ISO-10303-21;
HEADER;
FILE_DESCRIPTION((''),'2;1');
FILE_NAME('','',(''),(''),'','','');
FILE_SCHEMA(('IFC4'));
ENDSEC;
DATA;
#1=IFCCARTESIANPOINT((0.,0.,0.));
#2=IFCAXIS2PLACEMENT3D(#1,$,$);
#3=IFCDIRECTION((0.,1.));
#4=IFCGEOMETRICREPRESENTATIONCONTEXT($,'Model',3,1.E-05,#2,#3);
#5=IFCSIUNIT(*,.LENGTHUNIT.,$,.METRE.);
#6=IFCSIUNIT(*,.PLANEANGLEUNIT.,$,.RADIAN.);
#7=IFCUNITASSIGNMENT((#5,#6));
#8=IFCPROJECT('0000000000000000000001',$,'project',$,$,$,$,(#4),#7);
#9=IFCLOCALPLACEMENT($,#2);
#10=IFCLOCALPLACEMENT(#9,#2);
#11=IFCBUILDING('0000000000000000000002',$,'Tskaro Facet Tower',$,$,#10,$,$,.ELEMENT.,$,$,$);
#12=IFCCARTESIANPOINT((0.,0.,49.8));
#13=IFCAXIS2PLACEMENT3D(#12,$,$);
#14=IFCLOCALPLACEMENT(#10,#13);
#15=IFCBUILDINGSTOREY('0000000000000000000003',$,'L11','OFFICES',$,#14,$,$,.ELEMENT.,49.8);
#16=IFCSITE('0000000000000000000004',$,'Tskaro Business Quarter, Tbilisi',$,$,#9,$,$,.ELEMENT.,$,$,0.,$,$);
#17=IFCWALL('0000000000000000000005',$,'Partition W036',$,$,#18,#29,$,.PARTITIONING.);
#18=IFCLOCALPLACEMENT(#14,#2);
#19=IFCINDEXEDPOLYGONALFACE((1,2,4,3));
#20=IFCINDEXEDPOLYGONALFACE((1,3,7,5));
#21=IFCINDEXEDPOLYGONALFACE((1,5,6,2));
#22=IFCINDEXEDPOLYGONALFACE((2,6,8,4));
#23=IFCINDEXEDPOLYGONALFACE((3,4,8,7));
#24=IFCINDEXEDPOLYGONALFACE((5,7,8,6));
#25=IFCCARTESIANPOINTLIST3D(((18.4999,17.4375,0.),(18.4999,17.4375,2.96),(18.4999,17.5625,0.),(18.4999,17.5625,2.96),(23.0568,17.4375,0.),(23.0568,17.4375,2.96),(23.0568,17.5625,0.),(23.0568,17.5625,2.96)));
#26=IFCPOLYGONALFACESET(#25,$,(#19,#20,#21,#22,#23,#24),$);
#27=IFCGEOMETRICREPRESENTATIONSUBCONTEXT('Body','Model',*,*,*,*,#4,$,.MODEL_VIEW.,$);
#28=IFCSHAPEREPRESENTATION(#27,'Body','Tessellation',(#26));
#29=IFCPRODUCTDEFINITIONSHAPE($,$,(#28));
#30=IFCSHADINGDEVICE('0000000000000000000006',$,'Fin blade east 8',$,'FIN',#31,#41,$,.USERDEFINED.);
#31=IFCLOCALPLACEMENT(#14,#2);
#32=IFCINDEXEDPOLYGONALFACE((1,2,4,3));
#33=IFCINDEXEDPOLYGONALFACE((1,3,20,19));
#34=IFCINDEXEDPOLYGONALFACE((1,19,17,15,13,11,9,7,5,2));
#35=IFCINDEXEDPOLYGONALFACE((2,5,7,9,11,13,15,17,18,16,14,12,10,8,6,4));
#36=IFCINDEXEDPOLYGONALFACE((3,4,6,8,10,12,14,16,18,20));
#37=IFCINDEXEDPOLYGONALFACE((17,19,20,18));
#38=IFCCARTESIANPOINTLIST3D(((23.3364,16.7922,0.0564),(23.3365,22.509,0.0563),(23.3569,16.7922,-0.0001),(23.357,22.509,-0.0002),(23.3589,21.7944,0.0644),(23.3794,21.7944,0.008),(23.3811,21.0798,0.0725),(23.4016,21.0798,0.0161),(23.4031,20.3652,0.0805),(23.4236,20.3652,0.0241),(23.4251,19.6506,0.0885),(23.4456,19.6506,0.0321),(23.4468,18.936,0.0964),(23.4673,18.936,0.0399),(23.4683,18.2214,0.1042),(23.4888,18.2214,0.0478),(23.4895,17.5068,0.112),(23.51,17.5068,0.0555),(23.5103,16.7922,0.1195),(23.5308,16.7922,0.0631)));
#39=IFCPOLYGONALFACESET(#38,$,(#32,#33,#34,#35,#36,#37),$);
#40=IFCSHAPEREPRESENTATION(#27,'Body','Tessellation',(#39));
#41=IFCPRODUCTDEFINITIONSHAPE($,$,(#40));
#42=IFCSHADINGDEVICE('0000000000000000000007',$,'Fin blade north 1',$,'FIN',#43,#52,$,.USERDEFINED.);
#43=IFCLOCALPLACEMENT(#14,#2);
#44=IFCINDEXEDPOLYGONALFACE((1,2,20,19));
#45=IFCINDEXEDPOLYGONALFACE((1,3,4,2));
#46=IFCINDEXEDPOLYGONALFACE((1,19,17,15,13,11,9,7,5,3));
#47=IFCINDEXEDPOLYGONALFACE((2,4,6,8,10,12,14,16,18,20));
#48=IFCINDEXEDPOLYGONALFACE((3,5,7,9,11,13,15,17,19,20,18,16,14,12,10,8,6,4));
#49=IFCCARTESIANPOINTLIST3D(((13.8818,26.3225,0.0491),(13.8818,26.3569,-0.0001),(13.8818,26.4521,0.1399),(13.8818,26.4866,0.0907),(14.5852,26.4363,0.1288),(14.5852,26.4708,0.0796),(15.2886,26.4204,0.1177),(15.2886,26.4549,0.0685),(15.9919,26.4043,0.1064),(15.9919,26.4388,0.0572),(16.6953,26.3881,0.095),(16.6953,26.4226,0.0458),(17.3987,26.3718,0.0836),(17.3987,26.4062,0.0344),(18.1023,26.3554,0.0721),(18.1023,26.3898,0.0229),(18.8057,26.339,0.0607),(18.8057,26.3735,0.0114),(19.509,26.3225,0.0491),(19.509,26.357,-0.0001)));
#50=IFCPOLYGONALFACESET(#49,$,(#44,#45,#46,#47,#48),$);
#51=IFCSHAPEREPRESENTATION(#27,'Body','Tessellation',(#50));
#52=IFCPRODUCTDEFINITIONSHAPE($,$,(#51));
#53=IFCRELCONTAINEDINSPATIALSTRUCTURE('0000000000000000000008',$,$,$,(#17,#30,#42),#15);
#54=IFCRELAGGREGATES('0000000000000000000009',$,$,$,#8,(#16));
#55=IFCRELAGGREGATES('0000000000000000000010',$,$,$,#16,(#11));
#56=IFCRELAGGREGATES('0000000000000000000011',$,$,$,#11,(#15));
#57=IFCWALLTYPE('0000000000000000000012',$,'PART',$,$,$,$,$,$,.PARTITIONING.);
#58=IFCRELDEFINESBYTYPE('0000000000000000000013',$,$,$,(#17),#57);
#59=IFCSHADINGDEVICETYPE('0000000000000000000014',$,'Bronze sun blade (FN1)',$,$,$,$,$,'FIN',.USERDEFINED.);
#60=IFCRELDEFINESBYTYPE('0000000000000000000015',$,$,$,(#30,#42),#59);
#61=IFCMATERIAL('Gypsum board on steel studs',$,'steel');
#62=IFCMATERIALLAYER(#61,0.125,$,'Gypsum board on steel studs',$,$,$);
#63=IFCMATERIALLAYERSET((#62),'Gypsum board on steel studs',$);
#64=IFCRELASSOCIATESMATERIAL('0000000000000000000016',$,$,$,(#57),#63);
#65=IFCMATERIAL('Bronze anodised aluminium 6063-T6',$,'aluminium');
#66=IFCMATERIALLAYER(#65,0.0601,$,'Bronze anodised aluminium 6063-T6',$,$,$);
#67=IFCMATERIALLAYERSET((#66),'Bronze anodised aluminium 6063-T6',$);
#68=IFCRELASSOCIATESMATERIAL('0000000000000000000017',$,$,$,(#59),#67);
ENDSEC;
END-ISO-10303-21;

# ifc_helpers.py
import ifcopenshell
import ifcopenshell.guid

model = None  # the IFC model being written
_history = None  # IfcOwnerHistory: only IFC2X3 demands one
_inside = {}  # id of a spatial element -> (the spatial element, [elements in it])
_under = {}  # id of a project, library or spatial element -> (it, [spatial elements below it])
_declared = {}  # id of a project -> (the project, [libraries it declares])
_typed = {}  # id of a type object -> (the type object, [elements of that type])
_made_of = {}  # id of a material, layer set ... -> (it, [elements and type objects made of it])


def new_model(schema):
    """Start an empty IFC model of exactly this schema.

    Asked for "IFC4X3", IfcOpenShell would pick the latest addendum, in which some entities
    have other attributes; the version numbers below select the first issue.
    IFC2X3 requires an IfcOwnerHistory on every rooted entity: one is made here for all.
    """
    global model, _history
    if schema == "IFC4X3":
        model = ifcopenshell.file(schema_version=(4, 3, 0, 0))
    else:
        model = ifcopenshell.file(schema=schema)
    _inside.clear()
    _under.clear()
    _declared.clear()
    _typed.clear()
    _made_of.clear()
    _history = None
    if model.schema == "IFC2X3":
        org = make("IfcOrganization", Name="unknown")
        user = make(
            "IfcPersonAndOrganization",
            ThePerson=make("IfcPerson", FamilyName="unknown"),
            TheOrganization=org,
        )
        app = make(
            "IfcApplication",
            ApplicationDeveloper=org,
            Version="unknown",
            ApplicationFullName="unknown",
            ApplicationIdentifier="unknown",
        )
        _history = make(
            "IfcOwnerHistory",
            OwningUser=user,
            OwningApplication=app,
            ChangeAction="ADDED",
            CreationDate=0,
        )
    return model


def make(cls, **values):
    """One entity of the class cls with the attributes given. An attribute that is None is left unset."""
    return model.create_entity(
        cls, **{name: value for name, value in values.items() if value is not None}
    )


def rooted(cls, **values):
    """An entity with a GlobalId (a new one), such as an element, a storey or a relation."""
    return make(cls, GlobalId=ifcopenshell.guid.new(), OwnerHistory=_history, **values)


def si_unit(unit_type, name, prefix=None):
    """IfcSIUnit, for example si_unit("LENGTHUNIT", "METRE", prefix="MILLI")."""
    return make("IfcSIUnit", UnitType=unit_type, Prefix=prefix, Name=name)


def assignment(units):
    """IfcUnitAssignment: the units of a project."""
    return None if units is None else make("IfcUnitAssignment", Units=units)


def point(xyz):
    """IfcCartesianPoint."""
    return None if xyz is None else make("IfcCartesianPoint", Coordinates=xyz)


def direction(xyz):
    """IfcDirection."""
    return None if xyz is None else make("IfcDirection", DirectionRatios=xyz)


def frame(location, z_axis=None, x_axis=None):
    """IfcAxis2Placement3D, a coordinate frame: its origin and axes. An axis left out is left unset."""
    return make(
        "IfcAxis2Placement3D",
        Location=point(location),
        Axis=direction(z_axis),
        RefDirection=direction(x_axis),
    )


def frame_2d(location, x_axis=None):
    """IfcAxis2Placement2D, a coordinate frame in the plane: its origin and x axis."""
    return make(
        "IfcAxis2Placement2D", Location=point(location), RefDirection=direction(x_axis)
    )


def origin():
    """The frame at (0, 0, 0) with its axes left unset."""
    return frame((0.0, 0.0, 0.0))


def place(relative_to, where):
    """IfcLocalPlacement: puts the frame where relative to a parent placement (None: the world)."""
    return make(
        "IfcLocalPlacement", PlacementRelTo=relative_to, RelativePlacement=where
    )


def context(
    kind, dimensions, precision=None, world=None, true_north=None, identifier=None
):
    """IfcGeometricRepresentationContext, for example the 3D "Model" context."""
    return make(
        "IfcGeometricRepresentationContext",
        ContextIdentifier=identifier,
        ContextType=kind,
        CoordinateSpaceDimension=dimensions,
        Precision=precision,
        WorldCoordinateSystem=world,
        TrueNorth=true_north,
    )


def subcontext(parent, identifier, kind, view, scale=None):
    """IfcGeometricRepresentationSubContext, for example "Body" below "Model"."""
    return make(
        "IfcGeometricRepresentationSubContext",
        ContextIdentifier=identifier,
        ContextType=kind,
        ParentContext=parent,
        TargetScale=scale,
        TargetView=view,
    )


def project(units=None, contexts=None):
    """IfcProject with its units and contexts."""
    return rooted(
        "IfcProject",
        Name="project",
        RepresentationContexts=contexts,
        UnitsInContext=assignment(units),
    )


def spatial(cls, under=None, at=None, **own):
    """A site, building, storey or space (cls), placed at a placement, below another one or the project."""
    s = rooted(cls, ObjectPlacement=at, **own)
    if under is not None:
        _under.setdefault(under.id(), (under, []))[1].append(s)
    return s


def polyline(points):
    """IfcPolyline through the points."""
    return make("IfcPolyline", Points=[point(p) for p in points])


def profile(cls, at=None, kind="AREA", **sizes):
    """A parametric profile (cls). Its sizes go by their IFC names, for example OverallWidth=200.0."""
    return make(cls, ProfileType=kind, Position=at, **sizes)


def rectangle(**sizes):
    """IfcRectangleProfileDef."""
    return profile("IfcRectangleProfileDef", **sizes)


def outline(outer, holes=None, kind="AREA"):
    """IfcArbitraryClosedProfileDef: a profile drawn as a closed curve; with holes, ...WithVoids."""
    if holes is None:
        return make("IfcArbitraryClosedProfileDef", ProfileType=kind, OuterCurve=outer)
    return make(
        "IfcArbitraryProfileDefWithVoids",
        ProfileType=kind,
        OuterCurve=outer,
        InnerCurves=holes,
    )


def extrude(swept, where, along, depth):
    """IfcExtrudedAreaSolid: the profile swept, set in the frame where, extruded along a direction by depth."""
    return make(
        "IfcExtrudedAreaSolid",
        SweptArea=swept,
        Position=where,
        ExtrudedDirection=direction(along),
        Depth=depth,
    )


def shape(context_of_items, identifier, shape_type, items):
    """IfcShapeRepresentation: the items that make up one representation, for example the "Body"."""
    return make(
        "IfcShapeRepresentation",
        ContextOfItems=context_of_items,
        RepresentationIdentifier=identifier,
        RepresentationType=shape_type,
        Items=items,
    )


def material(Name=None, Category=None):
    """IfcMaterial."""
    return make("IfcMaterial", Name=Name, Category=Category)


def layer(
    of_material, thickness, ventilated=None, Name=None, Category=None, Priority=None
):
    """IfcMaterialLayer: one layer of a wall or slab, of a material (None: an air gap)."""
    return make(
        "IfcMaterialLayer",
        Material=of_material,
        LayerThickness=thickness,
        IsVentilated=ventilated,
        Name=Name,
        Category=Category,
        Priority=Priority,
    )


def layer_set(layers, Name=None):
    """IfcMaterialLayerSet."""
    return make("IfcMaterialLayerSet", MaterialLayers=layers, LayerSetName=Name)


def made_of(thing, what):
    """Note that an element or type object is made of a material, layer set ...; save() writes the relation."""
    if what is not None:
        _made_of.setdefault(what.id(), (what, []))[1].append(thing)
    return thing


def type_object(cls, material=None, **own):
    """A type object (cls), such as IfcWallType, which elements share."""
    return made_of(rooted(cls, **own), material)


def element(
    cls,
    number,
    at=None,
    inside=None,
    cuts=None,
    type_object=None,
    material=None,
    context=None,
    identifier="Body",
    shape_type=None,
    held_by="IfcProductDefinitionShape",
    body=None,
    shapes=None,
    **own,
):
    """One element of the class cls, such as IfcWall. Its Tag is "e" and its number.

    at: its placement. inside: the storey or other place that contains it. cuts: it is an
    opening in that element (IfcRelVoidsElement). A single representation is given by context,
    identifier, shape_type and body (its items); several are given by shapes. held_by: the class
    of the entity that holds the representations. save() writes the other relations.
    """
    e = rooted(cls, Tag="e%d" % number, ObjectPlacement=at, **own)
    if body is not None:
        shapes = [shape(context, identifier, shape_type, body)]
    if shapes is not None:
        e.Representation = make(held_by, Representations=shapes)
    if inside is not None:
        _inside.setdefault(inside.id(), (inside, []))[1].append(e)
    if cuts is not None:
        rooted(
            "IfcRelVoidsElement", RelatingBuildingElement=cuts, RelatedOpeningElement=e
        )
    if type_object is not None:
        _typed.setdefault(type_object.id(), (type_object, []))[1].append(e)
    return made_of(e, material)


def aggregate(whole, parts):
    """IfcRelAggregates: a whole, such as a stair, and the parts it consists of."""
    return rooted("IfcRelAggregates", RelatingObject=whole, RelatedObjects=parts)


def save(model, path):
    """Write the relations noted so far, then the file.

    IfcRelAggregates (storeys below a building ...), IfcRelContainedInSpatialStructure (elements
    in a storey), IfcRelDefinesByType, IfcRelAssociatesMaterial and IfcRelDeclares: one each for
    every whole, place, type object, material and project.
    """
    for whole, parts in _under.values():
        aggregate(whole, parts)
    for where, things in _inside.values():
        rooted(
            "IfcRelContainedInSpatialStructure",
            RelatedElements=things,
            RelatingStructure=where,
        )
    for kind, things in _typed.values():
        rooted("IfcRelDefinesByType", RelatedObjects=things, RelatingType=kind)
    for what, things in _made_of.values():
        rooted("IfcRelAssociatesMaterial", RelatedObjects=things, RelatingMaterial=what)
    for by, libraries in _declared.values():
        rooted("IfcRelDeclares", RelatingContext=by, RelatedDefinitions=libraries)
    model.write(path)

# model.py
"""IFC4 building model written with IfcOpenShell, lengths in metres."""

from ifc_helpers import new_model, si_unit, direction, frame, frame_2d, origin, place, context, subcontext, project, spatial, polyline, rectangle, outline, extrude, material, layer, layer_set, type_object, element, save


model = new_model("IFC4")

# Units and contexts
model_context = context("Model", 3, precision=1e-05, world=origin(), true_north=direction((0.0, 1.0)))
body_context = subcontext(model_context, "Body", "Model", "MODEL_VIEW")
ifc_project = project(units=[si_unit("LENGTHUNIT", "METRE"), si_unit("PLANEANGLEUNIT", "RADIAN")], contexts=[model_context])

# Site, building, storey
site_placement = place(None, origin())
site = spatial("IfcSite", under=ifc_project, at=site_placement, Name="Tskaro Business Quarter, Tbilisi", CompositionType="ELEMENT", RefElevation=0.0)
building_placement = place(site_placement, origin())
building = spatial("IfcBuilding", under=site, at=building_placement, Name="Tskaro Facet Tower", CompositionType="ELEMENT")
storey_placement = place(building_placement, frame((0.0, 0.0, 49.8)))
storey = spatial("IfcBuildingStorey", under=building, at=storey_placement, Name="L11", Description="OFFICES", CompositionType="ELEMENT", Elevation=49.8)

# Shared definitions
ifc_material_1 = material(Name="Bronze anodised aluminium 6063-T6", Category="aluminium")

# Wall
ifc_material_2 = material(Name="Gypsum board on steel studs", Category="steel")
ifc_layer_1 = layer(ifc_material_2, 0.125, Name="Gypsum board on steel studs")
ifc_layer_set_1 = layer_set([ifc_layer_1], Name="Gypsum board on steel studs")
wall_type = type_object("IfcWallType", Name="PART", PredefinedType="PARTITIONING", material=ifc_layer_set_1)
wall_placement = place(storey_placement, frame((18.5, 17.5, 0.0), z_axis=(0.0, 0.0, 1.0), x_axis=(1.0, 0.0, 0.0)))
element("IfcWall", 1, at=wall_placement, inside=storey, type_object=wall_type, Name="Partition W036", PredefinedType="PARTITIONING", context=body_context, shape_type="SweptSolid", body=[
    extrude(rectangle(XDim=4.5569, YDim=0.125, at=frame_2d((2.2783, 0.0))), origin(), (0.0, 0.0, 1.0), 2.96),
])

# Shading devices
ifc_layer_2 = layer(ifc_material_1, 0.0601, Name="Bronze anodised aluminium 6063-T6")
ifc_layer_set_2 = layer_set([ifc_layer_2], Name="Bronze anodised aluminium 6063-T6")
shading_device_type = type_object("IfcShadingDeviceType", Name="Bronze sun blade (FN1)", ElementType="FIN", PredefinedType="USERDEFINED", material=ifc_layer_set_2)
shading_device_1_placement = place(storey_placement, frame((23.3364, 16.7922, 0.0564), z_axis=(-0.341181, 0.000023, 0.939998), x_axis=(0.000008, 1.0, -0.000022)))
element("IfcShadingDevice", 2, at=shading_device_1_placement, inside=storey, type_object=shading_device_type, Name="Fin blade east 8", ObjectType="FIN", PredefinedType="USERDEFINED", context=body_context, shape_type="SweptSolid", body=[
    extrude(outline(polyline([(0.0, 0.0), (5.7168, 0.0), (5.0022, -0.0239), (4.2876, -0.0475), (3.573, -0.0709), (2.8584, -0.0943), (2.1438, -0.1174), (1.4292, -0.1403), (0.7146, -0.1629), (0.0, -0.185), (0.0, 0.0)])), origin(), (0.0, 0.0, -1.0), 0.0601),
])
shading_device_2_placement = place(storey_placement, frame((19.509, 26.3225, 0.0491), z_axis=(0.000011, -0.573449, 0.819241), x_axis=(-1.0, -0.000007, 0.000009)))
element("IfcShadingDevice", 3, at=shading_device_2_placement, inside=storey, type_object=shading_device_type, Name="Fin blade north 1", ObjectType="FIN", PredefinedType="USERDEFINED", context=body_context, shape_type="SweptSolid", body=[
    extrude(outline(polyline([(0.0, 0.0), (5.6272, 0.0), (5.6272, -0.1583), (4.9238, -0.139), (4.2205, -0.1195), (3.5171, -0.0999), (2.8137, -0.0801), (2.1104, -0.0601), (1.4067, -0.0402), (0.7034, -0.0202), (0.0, 0.0)])), origin(), (0.0, 0.0, -1.0), 0.0601),
])

save(model, "model.ifc")
